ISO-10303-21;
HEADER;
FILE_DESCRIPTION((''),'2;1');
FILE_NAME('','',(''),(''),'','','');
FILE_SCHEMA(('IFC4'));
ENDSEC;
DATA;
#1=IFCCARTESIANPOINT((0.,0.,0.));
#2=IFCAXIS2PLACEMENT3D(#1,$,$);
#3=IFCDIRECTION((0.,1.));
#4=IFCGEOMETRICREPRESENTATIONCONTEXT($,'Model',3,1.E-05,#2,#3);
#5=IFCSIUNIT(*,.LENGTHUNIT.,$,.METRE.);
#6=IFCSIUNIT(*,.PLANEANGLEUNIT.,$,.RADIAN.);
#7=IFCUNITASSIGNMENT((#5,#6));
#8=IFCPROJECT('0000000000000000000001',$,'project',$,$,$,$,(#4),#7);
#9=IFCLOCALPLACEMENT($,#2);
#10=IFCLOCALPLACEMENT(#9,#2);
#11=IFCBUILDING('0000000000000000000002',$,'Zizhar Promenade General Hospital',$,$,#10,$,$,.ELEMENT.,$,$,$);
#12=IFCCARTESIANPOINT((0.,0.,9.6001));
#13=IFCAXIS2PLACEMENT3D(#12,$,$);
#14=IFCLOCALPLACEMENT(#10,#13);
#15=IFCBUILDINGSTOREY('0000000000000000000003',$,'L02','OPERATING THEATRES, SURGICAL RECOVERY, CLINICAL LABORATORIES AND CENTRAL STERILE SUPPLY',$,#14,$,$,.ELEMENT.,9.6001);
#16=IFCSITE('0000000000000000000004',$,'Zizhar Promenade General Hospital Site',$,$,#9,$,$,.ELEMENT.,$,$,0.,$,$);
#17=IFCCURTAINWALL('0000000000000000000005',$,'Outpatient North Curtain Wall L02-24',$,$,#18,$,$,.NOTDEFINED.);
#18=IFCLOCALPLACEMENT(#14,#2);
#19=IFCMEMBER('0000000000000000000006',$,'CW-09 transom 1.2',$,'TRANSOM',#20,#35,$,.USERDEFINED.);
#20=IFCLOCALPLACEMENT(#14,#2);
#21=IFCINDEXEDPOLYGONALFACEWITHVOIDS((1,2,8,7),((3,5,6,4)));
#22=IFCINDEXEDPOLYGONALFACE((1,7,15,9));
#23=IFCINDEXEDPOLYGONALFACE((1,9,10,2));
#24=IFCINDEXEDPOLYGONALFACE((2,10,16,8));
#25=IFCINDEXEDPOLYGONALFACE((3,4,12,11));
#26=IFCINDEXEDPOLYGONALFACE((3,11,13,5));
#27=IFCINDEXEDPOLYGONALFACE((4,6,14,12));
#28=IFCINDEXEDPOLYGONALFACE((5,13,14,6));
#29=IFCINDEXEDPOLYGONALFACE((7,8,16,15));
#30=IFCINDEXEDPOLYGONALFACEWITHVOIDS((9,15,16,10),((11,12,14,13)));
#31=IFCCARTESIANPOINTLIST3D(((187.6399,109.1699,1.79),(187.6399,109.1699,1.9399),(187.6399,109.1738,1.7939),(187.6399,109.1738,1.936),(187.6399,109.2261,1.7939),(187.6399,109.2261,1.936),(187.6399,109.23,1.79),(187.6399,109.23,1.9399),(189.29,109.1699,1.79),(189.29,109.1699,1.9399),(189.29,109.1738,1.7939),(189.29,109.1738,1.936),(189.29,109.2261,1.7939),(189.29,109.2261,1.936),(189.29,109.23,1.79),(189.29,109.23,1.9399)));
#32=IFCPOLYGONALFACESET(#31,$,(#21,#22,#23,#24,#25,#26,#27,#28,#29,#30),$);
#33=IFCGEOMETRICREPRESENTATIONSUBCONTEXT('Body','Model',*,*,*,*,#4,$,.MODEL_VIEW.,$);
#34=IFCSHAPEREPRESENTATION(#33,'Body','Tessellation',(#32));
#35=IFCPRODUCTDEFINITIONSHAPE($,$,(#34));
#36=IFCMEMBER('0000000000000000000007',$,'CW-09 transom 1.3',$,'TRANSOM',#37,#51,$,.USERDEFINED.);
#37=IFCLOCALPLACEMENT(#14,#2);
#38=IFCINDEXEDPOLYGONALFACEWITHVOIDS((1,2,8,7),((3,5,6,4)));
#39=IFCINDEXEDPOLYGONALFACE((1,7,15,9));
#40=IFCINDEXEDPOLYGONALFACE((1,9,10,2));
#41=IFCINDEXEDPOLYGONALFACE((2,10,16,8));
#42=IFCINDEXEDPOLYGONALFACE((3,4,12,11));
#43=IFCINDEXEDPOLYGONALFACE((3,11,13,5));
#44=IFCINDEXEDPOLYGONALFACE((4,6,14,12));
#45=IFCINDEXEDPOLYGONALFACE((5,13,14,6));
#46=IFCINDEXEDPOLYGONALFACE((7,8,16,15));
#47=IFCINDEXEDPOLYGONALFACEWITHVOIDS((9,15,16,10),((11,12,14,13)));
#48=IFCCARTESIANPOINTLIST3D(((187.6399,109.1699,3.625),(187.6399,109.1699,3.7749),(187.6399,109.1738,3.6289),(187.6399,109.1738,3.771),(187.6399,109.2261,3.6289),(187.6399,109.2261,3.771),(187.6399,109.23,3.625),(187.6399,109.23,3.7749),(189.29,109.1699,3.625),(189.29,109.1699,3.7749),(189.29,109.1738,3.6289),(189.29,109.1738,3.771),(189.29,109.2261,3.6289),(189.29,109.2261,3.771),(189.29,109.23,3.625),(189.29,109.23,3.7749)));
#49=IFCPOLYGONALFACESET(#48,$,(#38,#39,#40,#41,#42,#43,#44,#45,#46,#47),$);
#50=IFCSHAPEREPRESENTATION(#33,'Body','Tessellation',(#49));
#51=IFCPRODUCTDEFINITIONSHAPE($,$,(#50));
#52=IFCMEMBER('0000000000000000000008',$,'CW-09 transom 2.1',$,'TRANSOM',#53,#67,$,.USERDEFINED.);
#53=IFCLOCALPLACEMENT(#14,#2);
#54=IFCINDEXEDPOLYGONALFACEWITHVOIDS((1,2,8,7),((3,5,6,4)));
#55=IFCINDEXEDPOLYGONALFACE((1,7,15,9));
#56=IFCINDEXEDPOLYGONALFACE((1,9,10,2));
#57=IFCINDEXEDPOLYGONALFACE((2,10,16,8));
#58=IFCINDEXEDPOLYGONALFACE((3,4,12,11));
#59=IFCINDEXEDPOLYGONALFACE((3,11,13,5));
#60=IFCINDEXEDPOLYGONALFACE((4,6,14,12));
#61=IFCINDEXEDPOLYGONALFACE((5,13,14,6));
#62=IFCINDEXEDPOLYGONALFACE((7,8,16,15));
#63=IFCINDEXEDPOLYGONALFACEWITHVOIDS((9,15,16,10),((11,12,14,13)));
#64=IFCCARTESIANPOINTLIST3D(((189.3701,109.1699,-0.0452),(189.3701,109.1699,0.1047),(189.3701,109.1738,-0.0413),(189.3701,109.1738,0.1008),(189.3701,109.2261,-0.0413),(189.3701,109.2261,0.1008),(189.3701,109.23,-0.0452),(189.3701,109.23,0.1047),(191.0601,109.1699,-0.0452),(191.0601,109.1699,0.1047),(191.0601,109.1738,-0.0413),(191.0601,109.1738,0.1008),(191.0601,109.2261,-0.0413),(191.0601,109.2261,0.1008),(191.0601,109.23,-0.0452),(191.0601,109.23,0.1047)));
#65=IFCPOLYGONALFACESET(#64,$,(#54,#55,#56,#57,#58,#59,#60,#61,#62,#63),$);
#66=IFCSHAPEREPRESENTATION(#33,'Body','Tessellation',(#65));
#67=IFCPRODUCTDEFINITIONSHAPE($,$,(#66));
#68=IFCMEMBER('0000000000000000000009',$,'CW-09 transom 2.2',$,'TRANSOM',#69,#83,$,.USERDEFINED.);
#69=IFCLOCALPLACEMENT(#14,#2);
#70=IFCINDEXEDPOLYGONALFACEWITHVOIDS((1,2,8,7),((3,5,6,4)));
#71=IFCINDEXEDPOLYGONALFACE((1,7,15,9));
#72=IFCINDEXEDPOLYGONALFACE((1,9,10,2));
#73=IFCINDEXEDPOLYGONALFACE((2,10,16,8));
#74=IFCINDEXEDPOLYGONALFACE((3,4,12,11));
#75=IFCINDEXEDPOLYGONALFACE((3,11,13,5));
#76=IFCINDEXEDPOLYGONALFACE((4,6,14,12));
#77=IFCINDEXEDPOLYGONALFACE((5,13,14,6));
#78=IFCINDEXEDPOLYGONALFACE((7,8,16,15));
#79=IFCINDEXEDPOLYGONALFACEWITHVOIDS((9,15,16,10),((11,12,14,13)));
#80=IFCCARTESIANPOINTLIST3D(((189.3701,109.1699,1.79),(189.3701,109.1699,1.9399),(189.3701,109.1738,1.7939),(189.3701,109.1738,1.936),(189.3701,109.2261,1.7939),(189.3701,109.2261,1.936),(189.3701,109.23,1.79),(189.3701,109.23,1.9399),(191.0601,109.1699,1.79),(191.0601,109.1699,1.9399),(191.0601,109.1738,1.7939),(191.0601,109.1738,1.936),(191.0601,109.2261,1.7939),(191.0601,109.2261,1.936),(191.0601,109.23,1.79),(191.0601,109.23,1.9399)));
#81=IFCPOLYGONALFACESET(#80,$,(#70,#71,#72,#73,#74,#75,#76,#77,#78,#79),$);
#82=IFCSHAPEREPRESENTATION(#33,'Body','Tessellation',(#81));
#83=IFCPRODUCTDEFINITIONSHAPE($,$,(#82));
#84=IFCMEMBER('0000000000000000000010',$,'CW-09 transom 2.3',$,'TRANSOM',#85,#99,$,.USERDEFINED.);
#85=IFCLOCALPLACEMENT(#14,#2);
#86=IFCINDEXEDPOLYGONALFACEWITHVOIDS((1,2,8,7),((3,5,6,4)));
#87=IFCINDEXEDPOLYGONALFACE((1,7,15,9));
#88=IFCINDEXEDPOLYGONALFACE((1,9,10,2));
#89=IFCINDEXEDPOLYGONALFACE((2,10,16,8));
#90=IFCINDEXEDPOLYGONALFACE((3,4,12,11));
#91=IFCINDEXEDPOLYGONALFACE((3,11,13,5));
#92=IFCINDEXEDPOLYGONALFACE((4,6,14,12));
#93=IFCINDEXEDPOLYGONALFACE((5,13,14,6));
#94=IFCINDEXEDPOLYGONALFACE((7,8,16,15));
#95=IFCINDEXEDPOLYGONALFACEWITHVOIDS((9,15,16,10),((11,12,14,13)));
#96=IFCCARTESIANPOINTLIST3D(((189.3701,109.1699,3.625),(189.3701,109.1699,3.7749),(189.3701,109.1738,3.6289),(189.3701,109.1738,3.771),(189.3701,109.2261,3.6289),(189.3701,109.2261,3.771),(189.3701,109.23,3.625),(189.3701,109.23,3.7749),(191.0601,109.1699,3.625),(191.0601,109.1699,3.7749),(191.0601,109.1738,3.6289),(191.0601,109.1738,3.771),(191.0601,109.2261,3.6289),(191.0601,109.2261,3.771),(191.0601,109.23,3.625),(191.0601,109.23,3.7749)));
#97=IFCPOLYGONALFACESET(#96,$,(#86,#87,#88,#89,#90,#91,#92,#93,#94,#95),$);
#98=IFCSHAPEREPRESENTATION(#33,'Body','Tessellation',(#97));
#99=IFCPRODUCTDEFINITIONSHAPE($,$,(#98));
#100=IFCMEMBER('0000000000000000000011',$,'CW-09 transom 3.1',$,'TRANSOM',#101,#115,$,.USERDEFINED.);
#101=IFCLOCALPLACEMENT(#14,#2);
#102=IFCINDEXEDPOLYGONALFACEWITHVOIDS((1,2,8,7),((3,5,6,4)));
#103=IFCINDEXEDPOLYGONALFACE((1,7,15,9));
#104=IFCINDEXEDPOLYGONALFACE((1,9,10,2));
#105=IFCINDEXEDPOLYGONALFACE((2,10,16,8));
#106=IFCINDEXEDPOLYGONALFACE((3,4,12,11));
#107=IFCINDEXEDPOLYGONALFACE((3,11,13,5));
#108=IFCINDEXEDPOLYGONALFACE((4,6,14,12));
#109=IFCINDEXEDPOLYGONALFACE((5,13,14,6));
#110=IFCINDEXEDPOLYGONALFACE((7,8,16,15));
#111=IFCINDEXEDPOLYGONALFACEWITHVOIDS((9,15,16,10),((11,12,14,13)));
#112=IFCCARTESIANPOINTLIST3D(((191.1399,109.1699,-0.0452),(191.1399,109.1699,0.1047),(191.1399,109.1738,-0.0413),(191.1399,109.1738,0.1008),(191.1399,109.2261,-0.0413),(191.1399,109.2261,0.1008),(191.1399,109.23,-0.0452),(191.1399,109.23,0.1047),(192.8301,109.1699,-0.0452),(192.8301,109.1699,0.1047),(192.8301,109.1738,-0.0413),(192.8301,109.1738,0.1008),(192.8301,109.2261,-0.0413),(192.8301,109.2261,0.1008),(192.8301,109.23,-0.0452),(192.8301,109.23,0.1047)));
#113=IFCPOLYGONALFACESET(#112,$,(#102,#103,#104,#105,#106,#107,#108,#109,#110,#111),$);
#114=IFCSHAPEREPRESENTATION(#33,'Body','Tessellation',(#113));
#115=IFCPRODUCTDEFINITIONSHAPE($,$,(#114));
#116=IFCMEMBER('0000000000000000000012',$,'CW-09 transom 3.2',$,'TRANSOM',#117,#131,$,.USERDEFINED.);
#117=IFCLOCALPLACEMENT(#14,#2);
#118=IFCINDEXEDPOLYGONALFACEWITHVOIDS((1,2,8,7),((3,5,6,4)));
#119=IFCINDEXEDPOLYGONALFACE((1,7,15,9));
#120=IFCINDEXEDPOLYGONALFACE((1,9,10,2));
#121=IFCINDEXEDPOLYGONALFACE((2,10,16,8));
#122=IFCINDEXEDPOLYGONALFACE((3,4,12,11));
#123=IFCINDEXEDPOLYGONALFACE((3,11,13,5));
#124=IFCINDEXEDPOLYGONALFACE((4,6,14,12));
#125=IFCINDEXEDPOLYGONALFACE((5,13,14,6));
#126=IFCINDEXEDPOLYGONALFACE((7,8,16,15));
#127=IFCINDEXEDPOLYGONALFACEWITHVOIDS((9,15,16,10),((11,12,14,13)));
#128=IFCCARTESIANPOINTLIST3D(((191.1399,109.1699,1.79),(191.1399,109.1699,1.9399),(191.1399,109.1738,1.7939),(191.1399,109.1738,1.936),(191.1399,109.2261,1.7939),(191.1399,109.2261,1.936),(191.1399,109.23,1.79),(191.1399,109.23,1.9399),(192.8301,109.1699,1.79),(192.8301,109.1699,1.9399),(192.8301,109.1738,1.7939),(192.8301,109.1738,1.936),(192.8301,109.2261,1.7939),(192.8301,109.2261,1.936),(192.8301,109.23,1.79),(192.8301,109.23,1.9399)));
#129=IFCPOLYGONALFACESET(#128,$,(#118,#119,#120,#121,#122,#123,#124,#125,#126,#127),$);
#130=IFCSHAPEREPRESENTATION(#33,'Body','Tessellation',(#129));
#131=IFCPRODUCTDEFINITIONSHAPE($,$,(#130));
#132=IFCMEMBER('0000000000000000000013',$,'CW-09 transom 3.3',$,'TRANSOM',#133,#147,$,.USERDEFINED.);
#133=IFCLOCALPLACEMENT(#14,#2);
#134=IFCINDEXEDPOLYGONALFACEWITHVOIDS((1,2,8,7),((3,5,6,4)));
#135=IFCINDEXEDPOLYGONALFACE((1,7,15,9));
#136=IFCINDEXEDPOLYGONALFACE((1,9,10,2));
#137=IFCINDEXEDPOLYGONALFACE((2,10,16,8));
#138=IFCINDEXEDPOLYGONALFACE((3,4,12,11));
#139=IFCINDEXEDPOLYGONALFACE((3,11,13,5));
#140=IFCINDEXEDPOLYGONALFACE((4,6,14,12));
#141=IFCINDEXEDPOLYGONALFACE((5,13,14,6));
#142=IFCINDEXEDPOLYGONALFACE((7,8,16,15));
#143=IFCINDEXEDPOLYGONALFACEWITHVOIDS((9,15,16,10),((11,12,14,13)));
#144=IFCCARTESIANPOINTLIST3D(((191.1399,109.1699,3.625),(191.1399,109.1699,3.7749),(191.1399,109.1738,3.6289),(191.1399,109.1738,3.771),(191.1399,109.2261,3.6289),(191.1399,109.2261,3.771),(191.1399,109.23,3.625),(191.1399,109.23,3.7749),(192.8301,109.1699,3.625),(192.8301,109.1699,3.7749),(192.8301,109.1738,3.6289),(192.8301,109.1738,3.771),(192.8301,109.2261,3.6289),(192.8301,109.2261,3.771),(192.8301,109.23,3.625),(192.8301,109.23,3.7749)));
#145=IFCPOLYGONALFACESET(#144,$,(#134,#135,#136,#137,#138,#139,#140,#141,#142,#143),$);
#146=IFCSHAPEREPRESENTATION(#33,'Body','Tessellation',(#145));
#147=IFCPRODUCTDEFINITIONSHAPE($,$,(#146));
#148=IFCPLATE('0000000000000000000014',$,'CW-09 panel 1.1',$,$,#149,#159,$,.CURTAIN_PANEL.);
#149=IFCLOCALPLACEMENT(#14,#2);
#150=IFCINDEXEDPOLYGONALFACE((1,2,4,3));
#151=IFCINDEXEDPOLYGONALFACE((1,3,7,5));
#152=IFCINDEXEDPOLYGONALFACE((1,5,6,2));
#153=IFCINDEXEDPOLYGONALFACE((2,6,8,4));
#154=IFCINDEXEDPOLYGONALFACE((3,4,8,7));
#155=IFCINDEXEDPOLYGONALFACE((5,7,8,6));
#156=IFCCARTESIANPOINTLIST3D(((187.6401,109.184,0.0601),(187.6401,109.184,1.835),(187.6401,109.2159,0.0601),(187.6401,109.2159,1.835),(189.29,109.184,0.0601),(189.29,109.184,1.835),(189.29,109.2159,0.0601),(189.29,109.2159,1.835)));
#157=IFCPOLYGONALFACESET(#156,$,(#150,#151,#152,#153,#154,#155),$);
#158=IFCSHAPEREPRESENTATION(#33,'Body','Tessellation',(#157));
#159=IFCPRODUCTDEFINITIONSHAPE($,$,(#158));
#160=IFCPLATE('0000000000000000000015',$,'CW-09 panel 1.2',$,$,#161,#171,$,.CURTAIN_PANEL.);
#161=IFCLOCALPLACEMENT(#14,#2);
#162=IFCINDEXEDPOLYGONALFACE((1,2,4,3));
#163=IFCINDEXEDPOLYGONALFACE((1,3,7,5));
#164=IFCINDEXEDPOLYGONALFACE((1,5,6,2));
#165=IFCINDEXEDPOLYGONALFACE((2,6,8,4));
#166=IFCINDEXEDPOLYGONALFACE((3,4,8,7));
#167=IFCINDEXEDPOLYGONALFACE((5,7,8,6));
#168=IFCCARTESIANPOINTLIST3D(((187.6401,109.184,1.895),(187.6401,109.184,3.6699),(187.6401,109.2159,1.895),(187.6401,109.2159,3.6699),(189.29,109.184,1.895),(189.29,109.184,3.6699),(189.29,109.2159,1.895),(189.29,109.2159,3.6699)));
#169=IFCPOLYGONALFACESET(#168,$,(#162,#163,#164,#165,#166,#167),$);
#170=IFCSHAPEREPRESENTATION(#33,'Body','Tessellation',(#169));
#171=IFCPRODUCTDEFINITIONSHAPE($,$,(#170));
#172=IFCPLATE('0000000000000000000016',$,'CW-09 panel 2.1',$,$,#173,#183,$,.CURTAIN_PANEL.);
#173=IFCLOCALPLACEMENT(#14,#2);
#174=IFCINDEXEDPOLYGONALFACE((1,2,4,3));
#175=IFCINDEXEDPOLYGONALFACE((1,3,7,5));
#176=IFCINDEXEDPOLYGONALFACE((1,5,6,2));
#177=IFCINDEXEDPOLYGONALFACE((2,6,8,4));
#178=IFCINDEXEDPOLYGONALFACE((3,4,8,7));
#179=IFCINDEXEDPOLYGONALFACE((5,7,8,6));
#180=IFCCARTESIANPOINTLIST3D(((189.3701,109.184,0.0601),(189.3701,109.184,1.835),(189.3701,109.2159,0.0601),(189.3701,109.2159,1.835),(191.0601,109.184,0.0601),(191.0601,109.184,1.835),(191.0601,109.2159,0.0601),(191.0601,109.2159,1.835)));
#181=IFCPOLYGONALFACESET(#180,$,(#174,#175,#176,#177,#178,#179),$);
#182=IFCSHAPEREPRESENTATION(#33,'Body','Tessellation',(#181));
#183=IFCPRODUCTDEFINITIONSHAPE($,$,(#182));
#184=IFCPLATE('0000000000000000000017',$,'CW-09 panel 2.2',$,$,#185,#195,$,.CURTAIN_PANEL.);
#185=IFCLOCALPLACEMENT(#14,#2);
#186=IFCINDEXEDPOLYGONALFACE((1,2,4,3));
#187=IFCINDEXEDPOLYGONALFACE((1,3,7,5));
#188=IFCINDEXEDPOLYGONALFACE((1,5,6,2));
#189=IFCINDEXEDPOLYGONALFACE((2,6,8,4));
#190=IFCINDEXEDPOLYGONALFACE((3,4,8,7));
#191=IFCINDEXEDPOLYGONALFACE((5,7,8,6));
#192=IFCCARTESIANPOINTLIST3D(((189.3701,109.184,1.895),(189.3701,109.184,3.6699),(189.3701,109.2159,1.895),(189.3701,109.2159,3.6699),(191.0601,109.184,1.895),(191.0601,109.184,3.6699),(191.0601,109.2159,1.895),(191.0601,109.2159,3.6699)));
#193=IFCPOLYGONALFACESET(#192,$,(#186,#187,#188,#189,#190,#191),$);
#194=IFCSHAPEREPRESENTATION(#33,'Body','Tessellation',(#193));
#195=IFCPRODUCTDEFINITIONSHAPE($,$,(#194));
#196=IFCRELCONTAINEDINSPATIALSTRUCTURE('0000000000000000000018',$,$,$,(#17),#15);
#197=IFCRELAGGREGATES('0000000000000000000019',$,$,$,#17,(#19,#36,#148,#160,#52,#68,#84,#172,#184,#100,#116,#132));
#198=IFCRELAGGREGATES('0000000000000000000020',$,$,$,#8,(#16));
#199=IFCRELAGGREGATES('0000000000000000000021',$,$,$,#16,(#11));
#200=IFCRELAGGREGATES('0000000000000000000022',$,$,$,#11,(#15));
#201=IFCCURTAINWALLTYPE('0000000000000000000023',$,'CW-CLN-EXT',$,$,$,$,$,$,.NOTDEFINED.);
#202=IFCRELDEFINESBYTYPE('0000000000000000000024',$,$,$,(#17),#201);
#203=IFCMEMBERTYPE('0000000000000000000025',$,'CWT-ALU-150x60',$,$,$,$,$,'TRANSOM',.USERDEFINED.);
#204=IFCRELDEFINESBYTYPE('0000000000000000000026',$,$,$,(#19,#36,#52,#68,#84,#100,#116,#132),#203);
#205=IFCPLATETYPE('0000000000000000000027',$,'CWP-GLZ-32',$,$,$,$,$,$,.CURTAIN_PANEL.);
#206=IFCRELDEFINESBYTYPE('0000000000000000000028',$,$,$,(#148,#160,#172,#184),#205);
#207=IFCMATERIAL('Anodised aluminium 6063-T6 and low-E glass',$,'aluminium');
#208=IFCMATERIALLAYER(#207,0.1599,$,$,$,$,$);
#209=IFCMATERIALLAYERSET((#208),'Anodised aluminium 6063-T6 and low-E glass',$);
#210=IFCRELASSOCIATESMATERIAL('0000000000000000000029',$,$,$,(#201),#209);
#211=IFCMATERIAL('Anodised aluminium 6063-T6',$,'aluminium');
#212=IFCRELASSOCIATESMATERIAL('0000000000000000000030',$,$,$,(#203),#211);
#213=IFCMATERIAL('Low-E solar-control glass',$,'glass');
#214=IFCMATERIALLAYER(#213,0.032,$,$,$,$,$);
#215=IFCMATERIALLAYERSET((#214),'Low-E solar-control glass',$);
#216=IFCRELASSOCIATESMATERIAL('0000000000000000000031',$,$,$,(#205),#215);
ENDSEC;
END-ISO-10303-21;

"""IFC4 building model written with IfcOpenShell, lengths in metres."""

from ifc_helpers import new_model, si_unit, direction, frame, origin, origin_2d, place, context, subcontext, project, spatial, rectangle, hollow_rectangle, extrude, material, layer, layer_set, material_profile, profile_set, type_object, element, aggregate, save


model = new_model("IFC4")

# Units and contexts
model_context = context("Model", 3, precision=1e-05, world=origin(), true_north=direction((0.0, 1.0)))
body_context = subcontext(model_context, "Body", "Model", "MODEL_VIEW")
ifc_project = project(units=[si_unit("LENGTHUNIT", "METRE"), si_unit("PLANEANGLEUNIT", "RADIAN")], contexts=[model_context])

# Site, building, storey
site_placement = place(None, origin())
site = spatial("IfcSite", under=ifc_project, at=site_placement, Name="Zizhar Promenade General Hospital Site", CompositionType="ELEMENT", RefElevation=0.0)
building_placement = place(site_placement, origin())
building = spatial("IfcBuilding", under=site, at=building_placement, Name="Zizhar Promenade General Hospital", CompositionType="ELEMENT")
storey_placement = place(building_placement, frame((0.0, 0.0, 9.6001)))
storey = spatial("IfcBuildingStorey", under=building, at=storey_placement, Name="L02", Description="OPERATING THEATRES, SURGICAL RECOVERY, CLINICAL LABORATORIES AND CENTRAL STERILE SUPPLY", CompositionType="ELEMENT", Elevation=9.6001)

# Curtain wall, members, plates
ifc_material_1 = material(Name="Anodised aluminium 6063-T6 and low-E glass", Category="aluminium")
ifc_layer_1 = layer(ifc_material_1, 0.1599)
ifc_layer_set_1 = layer_set([ifc_layer_1], Name="Anodised aluminium 6063-T6 and low-E glass")
curtain_wall_type = type_object("IfcCurtainWallType", Name="CW-CLN-EXT", PredefinedType="NOTDEFINED", material=ifc_layer_set_1)
curtain_wall_placement = place(storey_placement, origin())
curtain_wall = element("IfcCurtainWall", 1, at=curtain_wall_placement, inside=storey, type_object=curtain_wall_type, Name="Outpatient North Curtain Wall L02-24", PredefinedType="NOTDEFINED")
ifc_material_2 = material(Name="Anodised aluminium 6063-T6", Category="aluminium")
ifc_material_profile_1 = material_profile(ifc_material_2, hollow_rectangle(XDim=0.0601, YDim=0.1499, WallThickness=0.0039, at=origin_2d()))
ifc_profile_set_1 = profile_set([ifc_material_profile_1], Name="Anodised aluminium 6063-T6")
member_type_1 = type_object("IfcMemberType", Name="CWT-ALU-150x60", ElementType="TRANSOM", PredefinedType="USERDEFINED", material=ifc_profile_set_1)
member_1_placement = place(storey_placement, frame((187.6399, 109.2, 1.865), z_axis=(1.0, 0.0, 0.0), x_axis=(0.0, 1.0, 0.0)))
member_1 = element("IfcMember", 2, at=member_1_placement, type_object=member_type_1, Name="CW-09 transom 1.2", ObjectType="TRANSOM", PredefinedType="USERDEFINED", context=body_context, shape_type="SweptSolid", body=[
    extrude(hollow_rectangle(XDim=0.0601, YDim=0.1499, WallThickness=0.0039, at=origin_2d()), origin(), (0.0, 0.0, 1.0), 1.6501),
])
member_2_placement = place(storey_placement, frame((187.6399, 109.2, 3.7), z_axis=(1.0, 0.0, 0.0), x_axis=(0.0, 1.0, 0.0)))
member_2 = element("IfcMember", 3, at=member_2_placement, type_object=member_type_1, Name="CW-09 transom 1.3", ObjectType="TRANSOM", PredefinedType="USERDEFINED", context=body_context, shape_type="SweptSolid", body=[
    extrude(hollow_rectangle(XDim=0.0601, YDim=0.1499, WallThickness=0.0039, at=origin_2d()), origin(), (0.0, 0.0, 1.0), 1.6501),
])
member_3_placement = place(storey_placement, frame((189.3701, 109.2, 0.0298), z_axis=(1.0, 0.0, 0.0), x_axis=(0.0, 1.0, 0.0)))
member_3 = element("IfcMember", 4, at=member_3_placement, type_object=member_type_1, Name="CW-09 transom 2.1", ObjectType="TRANSOM", PredefinedType="USERDEFINED", context=body_context, shape_type="SweptSolid", body=[
    extrude(hollow_rectangle(XDim=0.0601, YDim=0.1499, WallThickness=0.0039, at=origin_2d()), origin(), (0.0, 0.0, 1.0), 1.6899),
])
member_4_placement = place(storey_placement, frame((189.3701, 109.2, 1.865), z_axis=(1.0, 0.0, 0.0), x_axis=(0.0, 1.0, 0.0)))
member_4 = element("IfcMember", 5, at=member_4_placement, type_object=member_type_1, Name="CW-09 transom 2.2", ObjectType="TRANSOM", PredefinedType="USERDEFINED", context=body_context, shape_type="SweptSolid", body=[
    extrude(hollow_rectangle(XDim=0.0601, YDim=0.1499, WallThickness=0.0039, at=origin_2d()), origin(), (0.0, 0.0, 1.0), 1.6899),
])
member_5_placement = place(storey_placement, frame((189.3701, 109.2, 3.7), z_axis=(1.0, 0.0, 0.0), x_axis=(0.0, 1.0, 0.0)))
member_5 = element("IfcMember", 6, at=member_5_placement, type_object=member_type_1, Name="CW-09 transom 2.3", ObjectType="TRANSOM", PredefinedType="USERDEFINED", context=body_context, shape_type="SweptSolid", body=[
    extrude(hollow_rectangle(XDim=0.0601, YDim=0.1499, WallThickness=0.0039, at=origin_2d()), origin(), (0.0, 0.0, 1.0), 1.6899),
])
member_6_placement = place(storey_placement, frame((191.1399, 109.2, 0.0298), z_axis=(1.0, 0.0, 0.0), x_axis=(0.0, 1.0, 0.0)))
member_6 = element("IfcMember", 7, at=member_6_placement, type_object=member_type_1, Name="CW-09 transom 3.1", ObjectType="TRANSOM", PredefinedType="USERDEFINED", context=body_context, shape_type="SweptSolid", body=[
    extrude(hollow_rectangle(XDim=0.0601, YDim=0.1499, WallThickness=0.0039, at=origin_2d()), origin(), (0.0, 0.0, 1.0), 1.6902),
])
member_7_placement = place(storey_placement, frame((191.1399, 109.2, 1.865), z_axis=(1.0, 0.0, 0.0), x_axis=(0.0, 1.0, 0.0)))
member_7 = element("IfcMember", 8, at=member_7_placement, type_object=member_type_1, Name="CW-09 transom 3.2", ObjectType="TRANSOM", PredefinedType="USERDEFINED", context=body_context, shape_type="SweptSolid", body=[
    extrude(hollow_rectangle(XDim=0.0601, YDim=0.1499, WallThickness=0.0039, at=origin_2d()), origin(), (0.0, 0.0, 1.0), 1.6902),
])
member_8_placement = place(storey_placement, frame((191.1399, 109.2, 3.7), z_axis=(1.0, 0.0, 0.0), x_axis=(0.0, 1.0, 0.0)))
member_8 = element("IfcMember", 9, at=member_8_placement, type_object=member_type_1, Name="CW-09 transom 3.3", ObjectType="TRANSOM", PredefinedType="USERDEFINED", context=body_context, shape_type="SweptSolid", body=[
    extrude(hollow_rectangle(XDim=0.0601, YDim=0.1499, WallThickness=0.0039, at=origin_2d()), origin(), (0.0, 0.0, 1.0), 1.6902),
])
ifc_material_3 = material(Name="Low-E solar-control glass", Category="glass")
ifc_layer_2 = layer(ifc_material_3, 0.032)
ifc_layer_set_2 = layer_set([ifc_layer_2], Name="Low-E solar-control glass")
plate_type = type_object("IfcPlateType", Name="CWP-GLZ-32", PredefinedType="CURTAIN_PANEL", material=ifc_layer_set_2)
plate_1_placement = place(storey_placement, frame((188.4651, 109.2, 0.0601), z_axis=(0.0, 0.0, 1.0), x_axis=(1.0, 0.0, 0.0)))
plate_1 = element("IfcPlate", 10, at=plate_1_placement, type_object=plate_type, Name="CW-09 panel 1.1", PredefinedType="CURTAIN_PANEL", context=body_context, shape_type="SweptSolid", body=[
    extrude(rectangle(XDim=1.6499, YDim=0.032, at=origin_2d()), origin(), (0.0, 0.0, 1.0), 1.7749),
])
plate_2_placement = place(storey_placement, frame((188.4651, 109.2, 1.895), z_axis=(0.0, 0.0, 1.0), x_axis=(1.0, 0.0, 0.0)))
plate_2 = element("IfcPlate", 11, at=plate_2_placement, type_object=plate_type, Name="CW-09 panel 1.2", PredefinedType="CURTAIN_PANEL", context=body_context, shape_type="SweptSolid", body=[
    extrude(rectangle(XDim=1.6499, YDim=0.032, at=origin_2d()), origin(), (0.0, 0.0, 1.0), 1.7749),
])
plate_3_placement = place(storey_placement, frame((190.2151, 109.2, 0.0601), z_axis=(0.0, 0.0, 1.0), x_axis=(1.0, 0.0, 0.0)))
plate_3 = element("IfcPlate", 12, at=plate_3_placement, type_object=plate_type, Name="CW-09 panel 2.1", PredefinedType="CURTAIN_PANEL", context=body_context, shape_type="SweptSolid", body=[
    extrude(rectangle(XDim=1.6899, YDim=0.032, at=origin_2d()), origin(), (0.0, 0.0, 1.0), 1.7749),
])
plate_4_placement = place(storey_placement, frame((190.2151, 109.2, 1.895), z_axis=(0.0, 0.0, 1.0), x_axis=(1.0, 0.0, 0.0)))
plate_4 = element("IfcPlate", 13, at=plate_4_placement, type_object=plate_type, Name="CW-09 panel 2.2", PredefinedType="CURTAIN_PANEL", context=body_context, shape_type="SweptSolid", body=[
    extrude(rectangle(XDim=1.6899, YDim=0.032, at=origin_2d()), origin(), (0.0, 0.0, 1.0), 1.7749),
])
aggregate(curtain_wall, [member_1, member_2, plate_1, plate_2, member_3, member_4, member_5, plate_3, plate_4, member_6, member_7, member_8])

save(model, "model.ifc")
